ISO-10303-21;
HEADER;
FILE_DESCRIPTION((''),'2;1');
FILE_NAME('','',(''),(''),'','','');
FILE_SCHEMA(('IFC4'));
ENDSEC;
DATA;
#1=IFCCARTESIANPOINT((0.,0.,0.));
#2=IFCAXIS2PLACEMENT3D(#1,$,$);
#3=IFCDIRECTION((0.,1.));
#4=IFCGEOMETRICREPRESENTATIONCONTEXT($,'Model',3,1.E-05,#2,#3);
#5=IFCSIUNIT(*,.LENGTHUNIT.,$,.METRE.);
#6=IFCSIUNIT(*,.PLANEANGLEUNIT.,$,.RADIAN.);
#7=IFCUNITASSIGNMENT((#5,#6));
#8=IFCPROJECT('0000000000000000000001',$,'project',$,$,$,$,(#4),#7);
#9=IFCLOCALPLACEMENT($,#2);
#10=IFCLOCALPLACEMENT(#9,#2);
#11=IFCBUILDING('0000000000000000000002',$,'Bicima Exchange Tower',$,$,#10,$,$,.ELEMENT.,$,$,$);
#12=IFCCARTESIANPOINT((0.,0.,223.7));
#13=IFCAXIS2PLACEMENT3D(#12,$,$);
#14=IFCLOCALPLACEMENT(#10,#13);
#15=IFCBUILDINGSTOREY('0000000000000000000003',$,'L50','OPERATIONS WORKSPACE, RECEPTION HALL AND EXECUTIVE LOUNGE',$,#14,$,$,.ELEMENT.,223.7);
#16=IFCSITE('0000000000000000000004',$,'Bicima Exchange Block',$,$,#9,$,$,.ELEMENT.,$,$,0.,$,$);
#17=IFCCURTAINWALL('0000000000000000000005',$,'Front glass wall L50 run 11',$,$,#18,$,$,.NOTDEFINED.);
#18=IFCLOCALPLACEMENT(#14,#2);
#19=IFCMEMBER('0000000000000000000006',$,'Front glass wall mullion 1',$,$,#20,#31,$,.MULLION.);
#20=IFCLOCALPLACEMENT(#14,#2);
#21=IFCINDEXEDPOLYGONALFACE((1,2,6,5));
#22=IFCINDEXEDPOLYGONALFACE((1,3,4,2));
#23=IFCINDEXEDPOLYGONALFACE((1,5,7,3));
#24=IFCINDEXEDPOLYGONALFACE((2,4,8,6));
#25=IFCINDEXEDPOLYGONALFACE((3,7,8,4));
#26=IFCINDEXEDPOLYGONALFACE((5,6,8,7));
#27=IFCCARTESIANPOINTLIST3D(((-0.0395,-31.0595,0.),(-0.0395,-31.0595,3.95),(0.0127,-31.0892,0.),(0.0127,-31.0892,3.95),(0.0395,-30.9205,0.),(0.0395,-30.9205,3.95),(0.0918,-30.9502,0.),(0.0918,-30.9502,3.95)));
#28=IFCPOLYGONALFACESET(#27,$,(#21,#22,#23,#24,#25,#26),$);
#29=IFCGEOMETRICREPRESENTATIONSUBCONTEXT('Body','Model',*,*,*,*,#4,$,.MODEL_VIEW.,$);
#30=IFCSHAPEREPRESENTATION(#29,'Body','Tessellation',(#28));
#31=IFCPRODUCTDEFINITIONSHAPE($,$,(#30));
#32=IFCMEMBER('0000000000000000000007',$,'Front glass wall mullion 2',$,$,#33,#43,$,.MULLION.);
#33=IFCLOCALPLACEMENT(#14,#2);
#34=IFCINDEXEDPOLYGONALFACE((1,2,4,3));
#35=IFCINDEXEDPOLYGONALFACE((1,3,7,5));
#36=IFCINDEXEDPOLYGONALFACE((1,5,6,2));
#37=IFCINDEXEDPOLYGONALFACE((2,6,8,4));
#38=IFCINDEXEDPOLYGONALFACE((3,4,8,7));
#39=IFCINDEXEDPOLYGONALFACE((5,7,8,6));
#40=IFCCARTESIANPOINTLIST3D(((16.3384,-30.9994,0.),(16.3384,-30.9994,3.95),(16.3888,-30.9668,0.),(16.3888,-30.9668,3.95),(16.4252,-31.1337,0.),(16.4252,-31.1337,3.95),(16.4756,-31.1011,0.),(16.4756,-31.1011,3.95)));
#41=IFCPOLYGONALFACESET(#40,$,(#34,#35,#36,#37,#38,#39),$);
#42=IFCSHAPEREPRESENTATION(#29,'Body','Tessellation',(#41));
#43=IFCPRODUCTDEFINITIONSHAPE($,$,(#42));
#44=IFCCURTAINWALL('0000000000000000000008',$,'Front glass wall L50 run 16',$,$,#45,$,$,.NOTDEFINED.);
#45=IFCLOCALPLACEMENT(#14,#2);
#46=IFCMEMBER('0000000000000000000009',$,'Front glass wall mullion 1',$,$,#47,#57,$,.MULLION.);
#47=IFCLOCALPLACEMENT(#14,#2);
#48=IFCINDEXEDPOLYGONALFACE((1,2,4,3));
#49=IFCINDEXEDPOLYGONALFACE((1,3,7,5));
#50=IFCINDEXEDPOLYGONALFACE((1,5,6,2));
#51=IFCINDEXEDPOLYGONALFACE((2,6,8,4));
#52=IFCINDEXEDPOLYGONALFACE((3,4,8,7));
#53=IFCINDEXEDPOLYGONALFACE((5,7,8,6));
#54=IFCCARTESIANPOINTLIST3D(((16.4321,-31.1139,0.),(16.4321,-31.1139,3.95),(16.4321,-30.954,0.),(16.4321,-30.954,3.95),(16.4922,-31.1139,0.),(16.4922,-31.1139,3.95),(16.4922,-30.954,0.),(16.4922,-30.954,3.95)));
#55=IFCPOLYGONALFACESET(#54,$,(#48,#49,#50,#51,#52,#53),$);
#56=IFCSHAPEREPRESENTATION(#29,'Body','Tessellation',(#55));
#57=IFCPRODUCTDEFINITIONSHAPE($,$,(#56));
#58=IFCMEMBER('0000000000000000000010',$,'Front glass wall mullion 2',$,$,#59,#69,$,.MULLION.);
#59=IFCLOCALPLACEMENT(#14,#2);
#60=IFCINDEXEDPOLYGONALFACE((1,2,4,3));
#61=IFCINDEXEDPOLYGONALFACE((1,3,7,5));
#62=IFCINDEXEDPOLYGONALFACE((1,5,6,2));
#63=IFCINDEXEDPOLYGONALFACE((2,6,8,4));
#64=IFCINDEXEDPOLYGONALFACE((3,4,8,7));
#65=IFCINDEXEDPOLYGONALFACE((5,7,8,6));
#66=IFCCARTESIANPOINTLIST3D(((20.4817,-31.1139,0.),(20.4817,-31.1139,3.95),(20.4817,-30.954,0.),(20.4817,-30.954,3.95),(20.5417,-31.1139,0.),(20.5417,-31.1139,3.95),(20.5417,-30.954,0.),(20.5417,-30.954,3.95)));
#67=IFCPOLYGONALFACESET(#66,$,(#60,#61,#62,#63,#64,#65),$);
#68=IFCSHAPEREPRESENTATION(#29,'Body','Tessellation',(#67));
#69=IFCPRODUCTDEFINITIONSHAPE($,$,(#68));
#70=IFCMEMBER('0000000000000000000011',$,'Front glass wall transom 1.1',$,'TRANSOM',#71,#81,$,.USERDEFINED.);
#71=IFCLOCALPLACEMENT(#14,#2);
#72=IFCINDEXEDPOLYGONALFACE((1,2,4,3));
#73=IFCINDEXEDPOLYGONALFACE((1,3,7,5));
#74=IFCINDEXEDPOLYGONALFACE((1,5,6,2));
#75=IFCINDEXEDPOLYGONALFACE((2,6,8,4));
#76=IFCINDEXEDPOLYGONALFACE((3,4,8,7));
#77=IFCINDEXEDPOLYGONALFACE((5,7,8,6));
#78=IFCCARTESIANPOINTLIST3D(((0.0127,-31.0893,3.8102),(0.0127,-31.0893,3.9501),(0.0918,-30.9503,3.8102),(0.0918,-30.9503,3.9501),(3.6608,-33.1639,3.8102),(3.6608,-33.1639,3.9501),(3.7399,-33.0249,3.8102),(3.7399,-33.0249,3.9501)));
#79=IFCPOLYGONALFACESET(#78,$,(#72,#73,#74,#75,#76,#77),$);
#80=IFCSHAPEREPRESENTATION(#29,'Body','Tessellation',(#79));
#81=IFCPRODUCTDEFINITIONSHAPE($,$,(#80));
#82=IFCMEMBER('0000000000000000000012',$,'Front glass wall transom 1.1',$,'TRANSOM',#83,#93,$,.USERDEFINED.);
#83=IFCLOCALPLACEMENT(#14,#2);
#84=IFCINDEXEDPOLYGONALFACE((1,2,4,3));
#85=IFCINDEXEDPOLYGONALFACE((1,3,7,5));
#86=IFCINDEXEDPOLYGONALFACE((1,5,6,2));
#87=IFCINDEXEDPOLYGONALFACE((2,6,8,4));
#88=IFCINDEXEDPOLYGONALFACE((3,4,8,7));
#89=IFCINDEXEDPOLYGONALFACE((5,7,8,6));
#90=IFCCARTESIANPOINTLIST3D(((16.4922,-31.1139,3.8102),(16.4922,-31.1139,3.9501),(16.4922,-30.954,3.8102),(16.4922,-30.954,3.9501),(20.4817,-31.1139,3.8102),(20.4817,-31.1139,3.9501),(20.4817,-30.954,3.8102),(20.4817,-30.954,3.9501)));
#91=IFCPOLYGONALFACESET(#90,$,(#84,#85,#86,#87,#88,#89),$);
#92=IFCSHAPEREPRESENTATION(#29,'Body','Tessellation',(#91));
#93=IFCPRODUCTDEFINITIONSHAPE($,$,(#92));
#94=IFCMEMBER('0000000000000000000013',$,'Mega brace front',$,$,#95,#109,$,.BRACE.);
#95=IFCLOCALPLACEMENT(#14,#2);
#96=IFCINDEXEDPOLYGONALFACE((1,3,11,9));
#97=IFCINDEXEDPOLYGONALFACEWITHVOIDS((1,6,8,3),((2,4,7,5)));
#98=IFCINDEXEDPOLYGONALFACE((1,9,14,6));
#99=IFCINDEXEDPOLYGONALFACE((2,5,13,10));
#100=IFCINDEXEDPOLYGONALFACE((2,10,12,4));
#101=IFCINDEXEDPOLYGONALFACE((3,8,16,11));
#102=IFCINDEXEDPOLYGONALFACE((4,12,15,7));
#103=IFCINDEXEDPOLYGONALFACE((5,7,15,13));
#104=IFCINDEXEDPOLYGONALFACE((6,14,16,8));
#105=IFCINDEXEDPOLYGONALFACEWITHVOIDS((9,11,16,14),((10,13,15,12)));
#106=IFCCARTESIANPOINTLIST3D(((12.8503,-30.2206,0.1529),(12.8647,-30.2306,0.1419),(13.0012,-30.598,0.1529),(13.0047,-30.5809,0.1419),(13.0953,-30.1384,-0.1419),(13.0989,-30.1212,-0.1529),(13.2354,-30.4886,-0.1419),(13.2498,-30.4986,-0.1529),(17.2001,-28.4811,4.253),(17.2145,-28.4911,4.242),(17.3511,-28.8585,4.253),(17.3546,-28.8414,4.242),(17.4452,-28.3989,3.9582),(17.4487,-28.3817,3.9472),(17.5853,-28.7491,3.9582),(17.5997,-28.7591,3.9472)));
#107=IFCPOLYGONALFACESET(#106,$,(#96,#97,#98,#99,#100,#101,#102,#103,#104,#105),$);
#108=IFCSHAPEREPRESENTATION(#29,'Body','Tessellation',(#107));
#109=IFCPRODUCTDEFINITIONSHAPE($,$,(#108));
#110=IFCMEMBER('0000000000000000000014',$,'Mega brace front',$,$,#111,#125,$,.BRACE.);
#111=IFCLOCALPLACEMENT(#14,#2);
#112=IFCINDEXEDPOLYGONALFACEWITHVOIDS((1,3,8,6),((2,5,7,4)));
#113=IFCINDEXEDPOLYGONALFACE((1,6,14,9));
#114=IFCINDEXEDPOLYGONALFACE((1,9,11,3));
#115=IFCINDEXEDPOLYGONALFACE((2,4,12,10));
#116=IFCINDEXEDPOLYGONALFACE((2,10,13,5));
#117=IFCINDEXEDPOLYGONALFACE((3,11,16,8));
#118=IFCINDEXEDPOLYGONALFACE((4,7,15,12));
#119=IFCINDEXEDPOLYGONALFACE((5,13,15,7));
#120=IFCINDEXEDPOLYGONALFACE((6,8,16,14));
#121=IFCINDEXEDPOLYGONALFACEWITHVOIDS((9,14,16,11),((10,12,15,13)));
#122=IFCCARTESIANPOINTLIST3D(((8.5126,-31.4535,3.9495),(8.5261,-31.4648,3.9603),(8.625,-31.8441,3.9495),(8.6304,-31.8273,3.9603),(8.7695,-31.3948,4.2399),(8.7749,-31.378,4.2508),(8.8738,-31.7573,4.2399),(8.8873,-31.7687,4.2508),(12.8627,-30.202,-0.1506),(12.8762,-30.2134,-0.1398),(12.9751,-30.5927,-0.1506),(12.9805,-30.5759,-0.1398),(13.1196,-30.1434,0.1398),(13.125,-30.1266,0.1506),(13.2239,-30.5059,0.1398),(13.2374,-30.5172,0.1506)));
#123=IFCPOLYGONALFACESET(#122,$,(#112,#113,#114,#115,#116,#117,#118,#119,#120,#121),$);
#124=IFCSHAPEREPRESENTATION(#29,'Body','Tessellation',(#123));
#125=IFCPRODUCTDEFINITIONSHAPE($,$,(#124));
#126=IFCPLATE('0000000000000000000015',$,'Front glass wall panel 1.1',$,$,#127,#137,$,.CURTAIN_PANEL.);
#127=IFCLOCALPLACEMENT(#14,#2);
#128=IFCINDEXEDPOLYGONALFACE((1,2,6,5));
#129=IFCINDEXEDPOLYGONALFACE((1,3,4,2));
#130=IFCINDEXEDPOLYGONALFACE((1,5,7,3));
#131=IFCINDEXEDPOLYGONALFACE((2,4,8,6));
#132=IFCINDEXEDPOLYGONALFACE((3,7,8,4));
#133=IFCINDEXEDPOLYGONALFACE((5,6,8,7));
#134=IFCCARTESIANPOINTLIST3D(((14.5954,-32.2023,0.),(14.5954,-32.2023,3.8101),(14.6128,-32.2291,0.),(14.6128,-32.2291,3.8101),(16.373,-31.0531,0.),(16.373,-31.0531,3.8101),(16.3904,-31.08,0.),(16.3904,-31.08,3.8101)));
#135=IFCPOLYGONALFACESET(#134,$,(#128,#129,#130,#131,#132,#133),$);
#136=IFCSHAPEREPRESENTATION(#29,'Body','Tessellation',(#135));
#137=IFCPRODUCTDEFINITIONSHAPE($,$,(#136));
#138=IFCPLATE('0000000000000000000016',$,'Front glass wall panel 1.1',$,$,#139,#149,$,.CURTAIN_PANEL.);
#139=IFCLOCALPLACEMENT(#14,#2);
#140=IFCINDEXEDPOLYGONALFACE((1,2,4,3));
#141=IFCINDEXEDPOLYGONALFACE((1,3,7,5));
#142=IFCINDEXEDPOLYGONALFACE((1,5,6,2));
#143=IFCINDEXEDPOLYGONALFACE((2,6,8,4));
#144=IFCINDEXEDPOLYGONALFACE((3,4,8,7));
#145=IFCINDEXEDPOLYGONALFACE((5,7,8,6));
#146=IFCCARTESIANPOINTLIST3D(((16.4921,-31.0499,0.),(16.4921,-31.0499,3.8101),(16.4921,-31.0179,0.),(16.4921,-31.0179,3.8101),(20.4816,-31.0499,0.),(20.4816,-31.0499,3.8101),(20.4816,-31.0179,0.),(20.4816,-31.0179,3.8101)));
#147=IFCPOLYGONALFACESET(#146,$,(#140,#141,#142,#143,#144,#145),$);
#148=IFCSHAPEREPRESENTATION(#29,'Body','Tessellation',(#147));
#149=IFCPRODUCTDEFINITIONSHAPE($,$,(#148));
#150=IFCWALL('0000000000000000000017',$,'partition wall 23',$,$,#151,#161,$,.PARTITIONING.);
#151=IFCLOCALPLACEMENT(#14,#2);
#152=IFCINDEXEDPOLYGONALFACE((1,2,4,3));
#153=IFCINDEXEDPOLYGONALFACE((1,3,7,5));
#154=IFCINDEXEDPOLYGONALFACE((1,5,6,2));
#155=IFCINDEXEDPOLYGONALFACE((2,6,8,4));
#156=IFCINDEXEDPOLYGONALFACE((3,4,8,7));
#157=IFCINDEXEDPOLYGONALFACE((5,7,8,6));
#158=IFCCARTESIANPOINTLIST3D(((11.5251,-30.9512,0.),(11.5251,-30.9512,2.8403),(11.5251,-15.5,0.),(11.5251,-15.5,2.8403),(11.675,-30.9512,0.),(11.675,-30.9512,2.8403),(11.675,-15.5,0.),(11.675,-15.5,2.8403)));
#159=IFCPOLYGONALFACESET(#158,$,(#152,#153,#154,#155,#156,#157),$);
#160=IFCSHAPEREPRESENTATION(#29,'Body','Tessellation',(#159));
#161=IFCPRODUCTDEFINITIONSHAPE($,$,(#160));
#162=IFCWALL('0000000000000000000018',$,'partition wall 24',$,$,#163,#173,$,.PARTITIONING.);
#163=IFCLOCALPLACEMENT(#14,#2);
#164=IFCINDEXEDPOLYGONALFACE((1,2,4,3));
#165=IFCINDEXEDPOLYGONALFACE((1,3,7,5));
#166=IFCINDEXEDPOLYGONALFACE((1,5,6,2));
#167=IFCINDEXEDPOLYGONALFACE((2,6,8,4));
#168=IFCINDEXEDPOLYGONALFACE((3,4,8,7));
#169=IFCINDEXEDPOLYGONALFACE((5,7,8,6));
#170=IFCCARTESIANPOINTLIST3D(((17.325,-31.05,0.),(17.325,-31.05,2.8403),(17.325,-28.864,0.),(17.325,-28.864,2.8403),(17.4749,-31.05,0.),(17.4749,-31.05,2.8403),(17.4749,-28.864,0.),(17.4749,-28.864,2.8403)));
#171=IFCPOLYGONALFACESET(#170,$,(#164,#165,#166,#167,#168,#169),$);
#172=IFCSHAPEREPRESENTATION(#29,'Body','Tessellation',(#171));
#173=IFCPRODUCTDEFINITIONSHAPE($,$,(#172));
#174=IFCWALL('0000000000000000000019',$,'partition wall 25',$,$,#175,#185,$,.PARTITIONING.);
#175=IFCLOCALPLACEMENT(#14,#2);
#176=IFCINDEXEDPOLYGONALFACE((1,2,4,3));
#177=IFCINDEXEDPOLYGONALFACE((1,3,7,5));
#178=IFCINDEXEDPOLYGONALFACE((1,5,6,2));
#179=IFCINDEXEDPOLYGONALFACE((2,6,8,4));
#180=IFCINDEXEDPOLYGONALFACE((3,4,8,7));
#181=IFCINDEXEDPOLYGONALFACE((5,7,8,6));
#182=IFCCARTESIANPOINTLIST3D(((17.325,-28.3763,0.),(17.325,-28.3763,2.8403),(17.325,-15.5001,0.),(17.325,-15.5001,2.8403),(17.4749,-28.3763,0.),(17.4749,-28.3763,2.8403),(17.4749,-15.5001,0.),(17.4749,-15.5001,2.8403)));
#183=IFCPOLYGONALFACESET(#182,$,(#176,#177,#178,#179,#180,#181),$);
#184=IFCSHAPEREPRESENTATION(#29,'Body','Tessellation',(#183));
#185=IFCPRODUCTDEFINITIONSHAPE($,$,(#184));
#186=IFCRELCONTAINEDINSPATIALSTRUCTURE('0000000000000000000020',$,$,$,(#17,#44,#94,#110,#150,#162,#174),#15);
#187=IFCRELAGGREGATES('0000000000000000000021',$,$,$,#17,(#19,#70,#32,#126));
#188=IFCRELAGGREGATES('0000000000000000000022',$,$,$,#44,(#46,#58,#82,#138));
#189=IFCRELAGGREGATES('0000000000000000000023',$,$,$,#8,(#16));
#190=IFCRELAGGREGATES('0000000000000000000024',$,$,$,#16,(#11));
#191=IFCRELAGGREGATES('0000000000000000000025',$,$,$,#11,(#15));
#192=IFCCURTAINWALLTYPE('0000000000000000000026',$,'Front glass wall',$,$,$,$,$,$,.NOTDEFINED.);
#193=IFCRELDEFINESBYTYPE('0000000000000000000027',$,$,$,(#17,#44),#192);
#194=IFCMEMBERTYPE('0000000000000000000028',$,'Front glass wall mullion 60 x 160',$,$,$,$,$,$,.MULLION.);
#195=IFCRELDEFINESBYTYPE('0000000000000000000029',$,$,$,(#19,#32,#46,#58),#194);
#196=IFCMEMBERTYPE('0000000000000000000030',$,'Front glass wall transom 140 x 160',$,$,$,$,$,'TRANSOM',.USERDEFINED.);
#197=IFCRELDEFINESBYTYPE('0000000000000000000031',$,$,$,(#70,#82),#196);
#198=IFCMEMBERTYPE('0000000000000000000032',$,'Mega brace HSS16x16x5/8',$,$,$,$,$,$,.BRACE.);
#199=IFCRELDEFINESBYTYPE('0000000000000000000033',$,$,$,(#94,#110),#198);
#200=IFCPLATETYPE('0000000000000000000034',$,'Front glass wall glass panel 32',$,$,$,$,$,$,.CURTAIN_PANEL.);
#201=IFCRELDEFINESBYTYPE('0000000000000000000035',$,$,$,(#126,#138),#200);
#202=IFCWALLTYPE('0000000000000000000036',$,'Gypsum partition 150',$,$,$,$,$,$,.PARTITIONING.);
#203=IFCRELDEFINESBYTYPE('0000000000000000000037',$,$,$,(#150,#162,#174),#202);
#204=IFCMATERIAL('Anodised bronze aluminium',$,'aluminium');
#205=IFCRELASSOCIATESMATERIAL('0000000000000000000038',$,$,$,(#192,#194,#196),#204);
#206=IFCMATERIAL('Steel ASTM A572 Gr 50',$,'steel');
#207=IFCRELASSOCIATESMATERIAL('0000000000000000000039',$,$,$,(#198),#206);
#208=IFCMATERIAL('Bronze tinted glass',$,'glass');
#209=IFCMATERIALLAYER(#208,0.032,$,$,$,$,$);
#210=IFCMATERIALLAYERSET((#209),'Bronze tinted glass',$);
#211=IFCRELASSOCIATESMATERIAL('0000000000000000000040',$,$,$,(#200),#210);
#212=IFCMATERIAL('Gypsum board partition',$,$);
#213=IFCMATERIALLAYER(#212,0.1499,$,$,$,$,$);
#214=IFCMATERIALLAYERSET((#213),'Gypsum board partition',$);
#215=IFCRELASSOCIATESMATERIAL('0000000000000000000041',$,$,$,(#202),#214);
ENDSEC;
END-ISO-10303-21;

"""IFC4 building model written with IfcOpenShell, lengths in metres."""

from ifc_helpers import new_model, si_unit, direction, frame, frame_2d, origin, origin_2d, place, context, subcontext, project, spatial, rectangle, hollow_rectangle, extrude, material, layer, layer_set, material_profile, profile_set, type_object, element, aggregate, save


model = new_model("IFC4")

# Units and contexts
model_context = context("Model", 3, precision=1e-05, world=origin(), true_north=direction((0.0, 1.0)))
body_context = subcontext(model_context, "Body", "Model", "MODEL_VIEW")
ifc_project = project(units=[si_unit("LENGTHUNIT", "METRE"), si_unit("PLANEANGLEUNIT", "RADIAN")], contexts=[model_context])

# Site, building, storey
site_placement = place(None, origin())
site = spatial("IfcSite", under=ifc_project, at=site_placement, Name="Bicima Exchange Block", CompositionType="ELEMENT", RefElevation=0.0)
building_placement = place(site_placement, origin())
building = spatial("IfcBuilding", under=site, at=building_placement, Name="Bicima Exchange Tower", CompositionType="ELEMENT")
storey_placement = place(building_placement, frame((0.0, 0.0, 223.7)))
storey = spatial("IfcBuildingStorey", under=building, at=storey_placement, Name="L50", Description="OPERATIONS WORKSPACE, RECEPTION HALL AND EXECUTIVE LOUNGE", CompositionType="ELEMENT", Elevation=223.7)

# Curtain walls, members
ifc_material_1 = material(Name="Anodised bronze aluminium", Category="aluminium")
curtain_wall_type = type_object("IfcCurtainWallType", Name="Front glass wall", PredefinedType="NOTDEFINED", material=ifc_material_1)
curtain_wall_1_placement = place(storey_placement, origin())
curtain_wall_1 = element("IfcCurtainWall", 1, at=curtain_wall_1_placement, inside=storey, type_object=curtain_wall_type, Name="Front glass wall L50 run 11", PredefinedType="NOTDEFINED")
ifc_material_profile_1 = material_profile(ifc_material_1, rectangle(XDim=0.1599, YDim=0.0601, at=origin_2d()))
ifc_profile_set_1 = profile_set([ifc_material_profile_1], Name="Anodised bronze aluminium")
member_type_1 = type_object("IfcMemberType", Name="Front glass wall mullion 60 x 160", PredefinedType="MULLION", material=ifc_profile_set_1)
member_1_placement = place(storey_placement, frame((0.0261, -31.0049, 0.0), z_axis=(0.0, 0.0, 1.0), x_axis=(0.49433, 0.869274, 0.0)))
member_1 = element("IfcMember", 2, at=member_1_placement, type_object=member_type_1, Name="Front glass wall mullion 1", PredefinedType="MULLION", context=body_context, shape_type="SweptSolid", body=[
    extrude(rectangle(XDim=0.1599, YDim=0.0601, at=origin_2d()), origin(), (0.0, 0.0, 1.0), 3.95),
])
member_2_placement = place(storey_placement, frame((16.407, -31.0503, 0.0), z_axis=(0.0, 0.0, 1.0), x_axis=(-0.542909, 0.839791, 0.0)))
member_2 = element("IfcMember", 3, at=member_2_placement, type_object=member_type_1, Name="Front glass wall mullion 2", PredefinedType="MULLION", context=body_context, shape_type="SweptSolid", body=[
    extrude(rectangle(XDim=0.1599, YDim=0.0601, at=origin_2d()), origin(), (0.0, 0.0, 1.0), 3.95),
])
curtain_wall_2_placement = place(storey_placement, origin())
curtain_wall_2 = element("IfcCurtainWall", 4, at=curtain_wall_2_placement, inside=storey, type_object=curtain_wall_type, Name="Front glass wall L50 run 16", PredefinedType="NOTDEFINED")
member_3_placement = place(storey_placement, frame((16.4622, -31.0339, 0.0), z_axis=(0.0, 0.0, 1.0), x_axis=(0.0, 1.0, 0.0)))
member_3 = element("IfcMember", 5, at=member_3_placement, type_object=member_type_1, Name="Front glass wall mullion 1", PredefinedType="MULLION", context=body_context, shape_type="SweptSolid", body=[
    extrude(rectangle(XDim=0.1599, YDim=0.0601, at=origin_2d()), origin(), (0.0, 0.0, 1.0), 3.95),
])
member_4_placement = place(storey_placement, frame((20.5117, -31.0339, 0.0), z_axis=(0.0, 0.0, 1.0), x_axis=(0.0, 1.0, 0.0)))
member_4 = element("IfcMember", 6, at=member_4_placement, type_object=member_type_1, Name="Front glass wall mullion 2", PredefinedType="MULLION", context=body_context, shape_type="SweptSolid", body=[
    extrude(rectangle(XDim=0.1599, YDim=0.0601, at=origin_2d()), origin(), (0.0, 0.0, 1.0), 3.95),
])

# Members
ifc_material_profile_2 = material_profile(ifc_material_1, rectangle(XDim=0.1599, YDim=0.1399, at=origin_2d()))
ifc_profile_set_2 = profile_set([ifc_material_profile_2], Name="Anodised bronze aluminium")
member_type_2 = type_object("IfcMemberType", Name="Front glass wall transom 140 x 160", ElementType="TRANSOM", PredefinedType="USERDEFINED", material=ifc_profile_set_2)
member_5_placement = place(storey_placement, frame((0.0522, -31.0198, 3.8801), z_axis=(0.869265, -0.494346, 0.0), x_axis=(0.494346, 0.869265, 0.0)))
member_5 = element("IfcMember", 7, at=member_5_placement, type_object=member_type_2, Name="Front glass wall transom 1.1", ObjectType="TRANSOM", PredefinedType="USERDEFINED", context=body_context, shape_type="SweptSolid", body=[
    extrude(rectangle(XDim=0.1599, YDim=0.1399, at=origin_2d()), origin(), (0.0, 0.0, 1.0), 4.1968),
])
member_6_placement = place(storey_placement, frame((16.4922, -31.0339, 3.8801), z_axis=(1.0, 0.0, 0.0), x_axis=(0.0, 1.0, 0.0)))
member_6 = element("IfcMember", 8, at=member_6_placement, type_object=member_type_2, Name="Front glass wall transom 1.1", ObjectType="TRANSOM", PredefinedType="USERDEFINED", context=body_context, shape_type="SweptSolid", body=[
    extrude(rectangle(XDim=0.1599, YDim=0.1399, at=origin_2d()), origin(), (0.0, 0.0, 1.0), 3.9895),
])

# Members
ifc_material_2 = material(Name="Steel ASTM A572 Gr 50", Category="steel")
ifc_material_profile_3 = material_profile(ifc_material_2, hollow_rectangle(XDim=0.4065, YDim=0.4065, WallThickness=0.0146, at=origin_2d()))
ifc_profile_set_3 = profile_set([ifc_material_profile_3], Name="Steel ASTM A572 Gr 50")
member_type_3 = type_object("IfcMemberType", Name="Mega brace HSS16x16x5/8", PredefinedType="BRACE", material=ifc_profile_set_3)
member_7_placement = place(storey_placement, frame((13.05, -30.3596, 0.0), z_axis=(0.698706, 0.279412, 0.658588), x_axis=(-0.37131, 0.928509, 0.0)))
element("IfcMember", 9, at=member_7_placement, inside=storey, type_object=member_type_3, Name="Mega brace front", PredefinedType="BRACE", context=body_context, shape_type="SweptSolid", body=[
    extrude(hollow_rectangle(XDim=0.4065, YDim=0.4065, WallThickness=0.0146, at=origin_2d()), origin(), (0.0, 0.0, 1.0), 6.2256),
])
member_8_placement = place(storey_placement, frame((13.05, -30.3596, 0.0), z_axis=(-0.712267, -0.20491, 0.671333), x_axis=(0.276473, -0.961022, 0.0)))
element("IfcMember", 10, at=member_8_placement, inside=storey, type_object=member_type_3, Name="Mega brace front", PredefinedType="BRACE", context=body_context, shape_type="SweptSolid", body=[
    extrude(hollow_rectangle(XDim=0.4065, YDim=0.4065, WallThickness=0.0146, at=origin_2d()), origin(), (0.0, 0.0, 1.0), 6.1074),
])

# Plates
ifc_material_3 = material(Name="Bronze tinted glass", Category="glass")
ifc_layer_1 = layer(ifc_material_3, 0.032)
ifc_layer_set_1 = layer_set([ifc_layer_1], Name="Bronze tinted glass")
plate_type = type_object("IfcPlateType", Name="Front glass wall glass panel 32", PredefinedType="CURTAIN_PANEL", material=ifc_layer_set_1)
plate_1_placement = place(storey_placement, frame((15.4929, -31.6411, 0.0), z_axis=(0.0, 0.0, 1.0), x_axis=(0.839791, 0.542909, 0.0)))
plate_1 = element("IfcPlate", 11, at=plate_1_placement, type_object=plate_type, Name="Front glass wall panel 1.1", PredefinedType="CURTAIN_PANEL", context=body_context, shape_type="SweptSolid", body=[
    extrude(rectangle(XDim=2.1167, YDim=0.032, at=origin_2d()), origin(), (0.0, 0.0, 1.0), 3.8101),
])
aggregate(curtain_wall_1, [member_1, member_5, member_2, plate_1])
plate_2_placement = place(storey_placement, frame((18.4868, -31.0339, 0.0), z_axis=(0.0, 0.0, 1.0), x_axis=(1.0, 0.0, 0.0)))
plate_2 = element("IfcPlate", 12, at=plate_2_placement, type_object=plate_type, Name="Front glass wall panel 1.1", PredefinedType="CURTAIN_PANEL", context=body_context, shape_type="SweptSolid", body=[
    extrude(rectangle(XDim=3.9895, YDim=0.032, at=origin_2d()), origin(), (0.0, 0.0, 1.0), 3.8101),
])
aggregate(curtain_wall_2, [member_3, member_4, member_6, plate_2])

# Walls
ifc_material_4 = material(Name="Gypsum board partition")
ifc_layer_2 = layer(ifc_material_4, 0.1499)
ifc_layer_set_2 = layer_set([ifc_layer_2], Name="Gypsum board partition")
wall_type = type_object("IfcWallType", Name="Gypsum partition 150", PredefinedType="PARTITIONING", material=ifc_layer_set_2)
wall_1_placement = place(storey_placement, frame((11.6001, -30.9512, 0.0), z_axis=(0.0, 0.0, 1.0), x_axis=(0.0, 1.0, 0.0)))
element("IfcWall", 13, at=wall_1_placement, inside=storey, type_object=wall_type, Name="partition wall 23", PredefinedType="PARTITIONING", context=body_context, shape_type="SweptSolid", body=[
    extrude(rectangle(XDim=15.4512, YDim=0.1499, at=frame_2d((7.7256, 0.0))), origin(), (0.0, 0.0, 1.0), 2.8403),
])
wall_2_placement = place(storey_placement, frame((17.3999, -31.05, 0.0), z_axis=(0.0, 0.0, 1.0), x_axis=(0.0, 1.0, 0.0)))
element("IfcWall", 14, at=wall_2_placement, inside=storey, type_object=wall_type, Name="partition wall 24", PredefinedType="PARTITIONING", context=body_context, shape_type="SweptSolid", body=[
    extrude(rectangle(XDim=2.186, YDim=0.1499, at=frame_2d((1.093, 0.0))), origin(), (0.0, 0.0, 1.0), 2.8403),
])
wall_3_placement = place(storey_placement, frame((17.3999, -28.3762, 0.0), z_axis=(0.0, 0.0, 1.0), x_axis=(0.0, 1.0, 0.0)))
element("IfcWall", 15, at=wall_3_placement, inside=storey, type_object=wall_type, Name="partition wall 25", PredefinedType="PARTITIONING", context=body_context, shape_type="SweptSolid", body=[
    extrude(rectangle(XDim=12.8762, YDim=0.1499, at=frame_2d((6.438, 0.0))), origin(), (0.0, 0.0, 1.0), 2.8403),
])

save(model, "model.ifc")
